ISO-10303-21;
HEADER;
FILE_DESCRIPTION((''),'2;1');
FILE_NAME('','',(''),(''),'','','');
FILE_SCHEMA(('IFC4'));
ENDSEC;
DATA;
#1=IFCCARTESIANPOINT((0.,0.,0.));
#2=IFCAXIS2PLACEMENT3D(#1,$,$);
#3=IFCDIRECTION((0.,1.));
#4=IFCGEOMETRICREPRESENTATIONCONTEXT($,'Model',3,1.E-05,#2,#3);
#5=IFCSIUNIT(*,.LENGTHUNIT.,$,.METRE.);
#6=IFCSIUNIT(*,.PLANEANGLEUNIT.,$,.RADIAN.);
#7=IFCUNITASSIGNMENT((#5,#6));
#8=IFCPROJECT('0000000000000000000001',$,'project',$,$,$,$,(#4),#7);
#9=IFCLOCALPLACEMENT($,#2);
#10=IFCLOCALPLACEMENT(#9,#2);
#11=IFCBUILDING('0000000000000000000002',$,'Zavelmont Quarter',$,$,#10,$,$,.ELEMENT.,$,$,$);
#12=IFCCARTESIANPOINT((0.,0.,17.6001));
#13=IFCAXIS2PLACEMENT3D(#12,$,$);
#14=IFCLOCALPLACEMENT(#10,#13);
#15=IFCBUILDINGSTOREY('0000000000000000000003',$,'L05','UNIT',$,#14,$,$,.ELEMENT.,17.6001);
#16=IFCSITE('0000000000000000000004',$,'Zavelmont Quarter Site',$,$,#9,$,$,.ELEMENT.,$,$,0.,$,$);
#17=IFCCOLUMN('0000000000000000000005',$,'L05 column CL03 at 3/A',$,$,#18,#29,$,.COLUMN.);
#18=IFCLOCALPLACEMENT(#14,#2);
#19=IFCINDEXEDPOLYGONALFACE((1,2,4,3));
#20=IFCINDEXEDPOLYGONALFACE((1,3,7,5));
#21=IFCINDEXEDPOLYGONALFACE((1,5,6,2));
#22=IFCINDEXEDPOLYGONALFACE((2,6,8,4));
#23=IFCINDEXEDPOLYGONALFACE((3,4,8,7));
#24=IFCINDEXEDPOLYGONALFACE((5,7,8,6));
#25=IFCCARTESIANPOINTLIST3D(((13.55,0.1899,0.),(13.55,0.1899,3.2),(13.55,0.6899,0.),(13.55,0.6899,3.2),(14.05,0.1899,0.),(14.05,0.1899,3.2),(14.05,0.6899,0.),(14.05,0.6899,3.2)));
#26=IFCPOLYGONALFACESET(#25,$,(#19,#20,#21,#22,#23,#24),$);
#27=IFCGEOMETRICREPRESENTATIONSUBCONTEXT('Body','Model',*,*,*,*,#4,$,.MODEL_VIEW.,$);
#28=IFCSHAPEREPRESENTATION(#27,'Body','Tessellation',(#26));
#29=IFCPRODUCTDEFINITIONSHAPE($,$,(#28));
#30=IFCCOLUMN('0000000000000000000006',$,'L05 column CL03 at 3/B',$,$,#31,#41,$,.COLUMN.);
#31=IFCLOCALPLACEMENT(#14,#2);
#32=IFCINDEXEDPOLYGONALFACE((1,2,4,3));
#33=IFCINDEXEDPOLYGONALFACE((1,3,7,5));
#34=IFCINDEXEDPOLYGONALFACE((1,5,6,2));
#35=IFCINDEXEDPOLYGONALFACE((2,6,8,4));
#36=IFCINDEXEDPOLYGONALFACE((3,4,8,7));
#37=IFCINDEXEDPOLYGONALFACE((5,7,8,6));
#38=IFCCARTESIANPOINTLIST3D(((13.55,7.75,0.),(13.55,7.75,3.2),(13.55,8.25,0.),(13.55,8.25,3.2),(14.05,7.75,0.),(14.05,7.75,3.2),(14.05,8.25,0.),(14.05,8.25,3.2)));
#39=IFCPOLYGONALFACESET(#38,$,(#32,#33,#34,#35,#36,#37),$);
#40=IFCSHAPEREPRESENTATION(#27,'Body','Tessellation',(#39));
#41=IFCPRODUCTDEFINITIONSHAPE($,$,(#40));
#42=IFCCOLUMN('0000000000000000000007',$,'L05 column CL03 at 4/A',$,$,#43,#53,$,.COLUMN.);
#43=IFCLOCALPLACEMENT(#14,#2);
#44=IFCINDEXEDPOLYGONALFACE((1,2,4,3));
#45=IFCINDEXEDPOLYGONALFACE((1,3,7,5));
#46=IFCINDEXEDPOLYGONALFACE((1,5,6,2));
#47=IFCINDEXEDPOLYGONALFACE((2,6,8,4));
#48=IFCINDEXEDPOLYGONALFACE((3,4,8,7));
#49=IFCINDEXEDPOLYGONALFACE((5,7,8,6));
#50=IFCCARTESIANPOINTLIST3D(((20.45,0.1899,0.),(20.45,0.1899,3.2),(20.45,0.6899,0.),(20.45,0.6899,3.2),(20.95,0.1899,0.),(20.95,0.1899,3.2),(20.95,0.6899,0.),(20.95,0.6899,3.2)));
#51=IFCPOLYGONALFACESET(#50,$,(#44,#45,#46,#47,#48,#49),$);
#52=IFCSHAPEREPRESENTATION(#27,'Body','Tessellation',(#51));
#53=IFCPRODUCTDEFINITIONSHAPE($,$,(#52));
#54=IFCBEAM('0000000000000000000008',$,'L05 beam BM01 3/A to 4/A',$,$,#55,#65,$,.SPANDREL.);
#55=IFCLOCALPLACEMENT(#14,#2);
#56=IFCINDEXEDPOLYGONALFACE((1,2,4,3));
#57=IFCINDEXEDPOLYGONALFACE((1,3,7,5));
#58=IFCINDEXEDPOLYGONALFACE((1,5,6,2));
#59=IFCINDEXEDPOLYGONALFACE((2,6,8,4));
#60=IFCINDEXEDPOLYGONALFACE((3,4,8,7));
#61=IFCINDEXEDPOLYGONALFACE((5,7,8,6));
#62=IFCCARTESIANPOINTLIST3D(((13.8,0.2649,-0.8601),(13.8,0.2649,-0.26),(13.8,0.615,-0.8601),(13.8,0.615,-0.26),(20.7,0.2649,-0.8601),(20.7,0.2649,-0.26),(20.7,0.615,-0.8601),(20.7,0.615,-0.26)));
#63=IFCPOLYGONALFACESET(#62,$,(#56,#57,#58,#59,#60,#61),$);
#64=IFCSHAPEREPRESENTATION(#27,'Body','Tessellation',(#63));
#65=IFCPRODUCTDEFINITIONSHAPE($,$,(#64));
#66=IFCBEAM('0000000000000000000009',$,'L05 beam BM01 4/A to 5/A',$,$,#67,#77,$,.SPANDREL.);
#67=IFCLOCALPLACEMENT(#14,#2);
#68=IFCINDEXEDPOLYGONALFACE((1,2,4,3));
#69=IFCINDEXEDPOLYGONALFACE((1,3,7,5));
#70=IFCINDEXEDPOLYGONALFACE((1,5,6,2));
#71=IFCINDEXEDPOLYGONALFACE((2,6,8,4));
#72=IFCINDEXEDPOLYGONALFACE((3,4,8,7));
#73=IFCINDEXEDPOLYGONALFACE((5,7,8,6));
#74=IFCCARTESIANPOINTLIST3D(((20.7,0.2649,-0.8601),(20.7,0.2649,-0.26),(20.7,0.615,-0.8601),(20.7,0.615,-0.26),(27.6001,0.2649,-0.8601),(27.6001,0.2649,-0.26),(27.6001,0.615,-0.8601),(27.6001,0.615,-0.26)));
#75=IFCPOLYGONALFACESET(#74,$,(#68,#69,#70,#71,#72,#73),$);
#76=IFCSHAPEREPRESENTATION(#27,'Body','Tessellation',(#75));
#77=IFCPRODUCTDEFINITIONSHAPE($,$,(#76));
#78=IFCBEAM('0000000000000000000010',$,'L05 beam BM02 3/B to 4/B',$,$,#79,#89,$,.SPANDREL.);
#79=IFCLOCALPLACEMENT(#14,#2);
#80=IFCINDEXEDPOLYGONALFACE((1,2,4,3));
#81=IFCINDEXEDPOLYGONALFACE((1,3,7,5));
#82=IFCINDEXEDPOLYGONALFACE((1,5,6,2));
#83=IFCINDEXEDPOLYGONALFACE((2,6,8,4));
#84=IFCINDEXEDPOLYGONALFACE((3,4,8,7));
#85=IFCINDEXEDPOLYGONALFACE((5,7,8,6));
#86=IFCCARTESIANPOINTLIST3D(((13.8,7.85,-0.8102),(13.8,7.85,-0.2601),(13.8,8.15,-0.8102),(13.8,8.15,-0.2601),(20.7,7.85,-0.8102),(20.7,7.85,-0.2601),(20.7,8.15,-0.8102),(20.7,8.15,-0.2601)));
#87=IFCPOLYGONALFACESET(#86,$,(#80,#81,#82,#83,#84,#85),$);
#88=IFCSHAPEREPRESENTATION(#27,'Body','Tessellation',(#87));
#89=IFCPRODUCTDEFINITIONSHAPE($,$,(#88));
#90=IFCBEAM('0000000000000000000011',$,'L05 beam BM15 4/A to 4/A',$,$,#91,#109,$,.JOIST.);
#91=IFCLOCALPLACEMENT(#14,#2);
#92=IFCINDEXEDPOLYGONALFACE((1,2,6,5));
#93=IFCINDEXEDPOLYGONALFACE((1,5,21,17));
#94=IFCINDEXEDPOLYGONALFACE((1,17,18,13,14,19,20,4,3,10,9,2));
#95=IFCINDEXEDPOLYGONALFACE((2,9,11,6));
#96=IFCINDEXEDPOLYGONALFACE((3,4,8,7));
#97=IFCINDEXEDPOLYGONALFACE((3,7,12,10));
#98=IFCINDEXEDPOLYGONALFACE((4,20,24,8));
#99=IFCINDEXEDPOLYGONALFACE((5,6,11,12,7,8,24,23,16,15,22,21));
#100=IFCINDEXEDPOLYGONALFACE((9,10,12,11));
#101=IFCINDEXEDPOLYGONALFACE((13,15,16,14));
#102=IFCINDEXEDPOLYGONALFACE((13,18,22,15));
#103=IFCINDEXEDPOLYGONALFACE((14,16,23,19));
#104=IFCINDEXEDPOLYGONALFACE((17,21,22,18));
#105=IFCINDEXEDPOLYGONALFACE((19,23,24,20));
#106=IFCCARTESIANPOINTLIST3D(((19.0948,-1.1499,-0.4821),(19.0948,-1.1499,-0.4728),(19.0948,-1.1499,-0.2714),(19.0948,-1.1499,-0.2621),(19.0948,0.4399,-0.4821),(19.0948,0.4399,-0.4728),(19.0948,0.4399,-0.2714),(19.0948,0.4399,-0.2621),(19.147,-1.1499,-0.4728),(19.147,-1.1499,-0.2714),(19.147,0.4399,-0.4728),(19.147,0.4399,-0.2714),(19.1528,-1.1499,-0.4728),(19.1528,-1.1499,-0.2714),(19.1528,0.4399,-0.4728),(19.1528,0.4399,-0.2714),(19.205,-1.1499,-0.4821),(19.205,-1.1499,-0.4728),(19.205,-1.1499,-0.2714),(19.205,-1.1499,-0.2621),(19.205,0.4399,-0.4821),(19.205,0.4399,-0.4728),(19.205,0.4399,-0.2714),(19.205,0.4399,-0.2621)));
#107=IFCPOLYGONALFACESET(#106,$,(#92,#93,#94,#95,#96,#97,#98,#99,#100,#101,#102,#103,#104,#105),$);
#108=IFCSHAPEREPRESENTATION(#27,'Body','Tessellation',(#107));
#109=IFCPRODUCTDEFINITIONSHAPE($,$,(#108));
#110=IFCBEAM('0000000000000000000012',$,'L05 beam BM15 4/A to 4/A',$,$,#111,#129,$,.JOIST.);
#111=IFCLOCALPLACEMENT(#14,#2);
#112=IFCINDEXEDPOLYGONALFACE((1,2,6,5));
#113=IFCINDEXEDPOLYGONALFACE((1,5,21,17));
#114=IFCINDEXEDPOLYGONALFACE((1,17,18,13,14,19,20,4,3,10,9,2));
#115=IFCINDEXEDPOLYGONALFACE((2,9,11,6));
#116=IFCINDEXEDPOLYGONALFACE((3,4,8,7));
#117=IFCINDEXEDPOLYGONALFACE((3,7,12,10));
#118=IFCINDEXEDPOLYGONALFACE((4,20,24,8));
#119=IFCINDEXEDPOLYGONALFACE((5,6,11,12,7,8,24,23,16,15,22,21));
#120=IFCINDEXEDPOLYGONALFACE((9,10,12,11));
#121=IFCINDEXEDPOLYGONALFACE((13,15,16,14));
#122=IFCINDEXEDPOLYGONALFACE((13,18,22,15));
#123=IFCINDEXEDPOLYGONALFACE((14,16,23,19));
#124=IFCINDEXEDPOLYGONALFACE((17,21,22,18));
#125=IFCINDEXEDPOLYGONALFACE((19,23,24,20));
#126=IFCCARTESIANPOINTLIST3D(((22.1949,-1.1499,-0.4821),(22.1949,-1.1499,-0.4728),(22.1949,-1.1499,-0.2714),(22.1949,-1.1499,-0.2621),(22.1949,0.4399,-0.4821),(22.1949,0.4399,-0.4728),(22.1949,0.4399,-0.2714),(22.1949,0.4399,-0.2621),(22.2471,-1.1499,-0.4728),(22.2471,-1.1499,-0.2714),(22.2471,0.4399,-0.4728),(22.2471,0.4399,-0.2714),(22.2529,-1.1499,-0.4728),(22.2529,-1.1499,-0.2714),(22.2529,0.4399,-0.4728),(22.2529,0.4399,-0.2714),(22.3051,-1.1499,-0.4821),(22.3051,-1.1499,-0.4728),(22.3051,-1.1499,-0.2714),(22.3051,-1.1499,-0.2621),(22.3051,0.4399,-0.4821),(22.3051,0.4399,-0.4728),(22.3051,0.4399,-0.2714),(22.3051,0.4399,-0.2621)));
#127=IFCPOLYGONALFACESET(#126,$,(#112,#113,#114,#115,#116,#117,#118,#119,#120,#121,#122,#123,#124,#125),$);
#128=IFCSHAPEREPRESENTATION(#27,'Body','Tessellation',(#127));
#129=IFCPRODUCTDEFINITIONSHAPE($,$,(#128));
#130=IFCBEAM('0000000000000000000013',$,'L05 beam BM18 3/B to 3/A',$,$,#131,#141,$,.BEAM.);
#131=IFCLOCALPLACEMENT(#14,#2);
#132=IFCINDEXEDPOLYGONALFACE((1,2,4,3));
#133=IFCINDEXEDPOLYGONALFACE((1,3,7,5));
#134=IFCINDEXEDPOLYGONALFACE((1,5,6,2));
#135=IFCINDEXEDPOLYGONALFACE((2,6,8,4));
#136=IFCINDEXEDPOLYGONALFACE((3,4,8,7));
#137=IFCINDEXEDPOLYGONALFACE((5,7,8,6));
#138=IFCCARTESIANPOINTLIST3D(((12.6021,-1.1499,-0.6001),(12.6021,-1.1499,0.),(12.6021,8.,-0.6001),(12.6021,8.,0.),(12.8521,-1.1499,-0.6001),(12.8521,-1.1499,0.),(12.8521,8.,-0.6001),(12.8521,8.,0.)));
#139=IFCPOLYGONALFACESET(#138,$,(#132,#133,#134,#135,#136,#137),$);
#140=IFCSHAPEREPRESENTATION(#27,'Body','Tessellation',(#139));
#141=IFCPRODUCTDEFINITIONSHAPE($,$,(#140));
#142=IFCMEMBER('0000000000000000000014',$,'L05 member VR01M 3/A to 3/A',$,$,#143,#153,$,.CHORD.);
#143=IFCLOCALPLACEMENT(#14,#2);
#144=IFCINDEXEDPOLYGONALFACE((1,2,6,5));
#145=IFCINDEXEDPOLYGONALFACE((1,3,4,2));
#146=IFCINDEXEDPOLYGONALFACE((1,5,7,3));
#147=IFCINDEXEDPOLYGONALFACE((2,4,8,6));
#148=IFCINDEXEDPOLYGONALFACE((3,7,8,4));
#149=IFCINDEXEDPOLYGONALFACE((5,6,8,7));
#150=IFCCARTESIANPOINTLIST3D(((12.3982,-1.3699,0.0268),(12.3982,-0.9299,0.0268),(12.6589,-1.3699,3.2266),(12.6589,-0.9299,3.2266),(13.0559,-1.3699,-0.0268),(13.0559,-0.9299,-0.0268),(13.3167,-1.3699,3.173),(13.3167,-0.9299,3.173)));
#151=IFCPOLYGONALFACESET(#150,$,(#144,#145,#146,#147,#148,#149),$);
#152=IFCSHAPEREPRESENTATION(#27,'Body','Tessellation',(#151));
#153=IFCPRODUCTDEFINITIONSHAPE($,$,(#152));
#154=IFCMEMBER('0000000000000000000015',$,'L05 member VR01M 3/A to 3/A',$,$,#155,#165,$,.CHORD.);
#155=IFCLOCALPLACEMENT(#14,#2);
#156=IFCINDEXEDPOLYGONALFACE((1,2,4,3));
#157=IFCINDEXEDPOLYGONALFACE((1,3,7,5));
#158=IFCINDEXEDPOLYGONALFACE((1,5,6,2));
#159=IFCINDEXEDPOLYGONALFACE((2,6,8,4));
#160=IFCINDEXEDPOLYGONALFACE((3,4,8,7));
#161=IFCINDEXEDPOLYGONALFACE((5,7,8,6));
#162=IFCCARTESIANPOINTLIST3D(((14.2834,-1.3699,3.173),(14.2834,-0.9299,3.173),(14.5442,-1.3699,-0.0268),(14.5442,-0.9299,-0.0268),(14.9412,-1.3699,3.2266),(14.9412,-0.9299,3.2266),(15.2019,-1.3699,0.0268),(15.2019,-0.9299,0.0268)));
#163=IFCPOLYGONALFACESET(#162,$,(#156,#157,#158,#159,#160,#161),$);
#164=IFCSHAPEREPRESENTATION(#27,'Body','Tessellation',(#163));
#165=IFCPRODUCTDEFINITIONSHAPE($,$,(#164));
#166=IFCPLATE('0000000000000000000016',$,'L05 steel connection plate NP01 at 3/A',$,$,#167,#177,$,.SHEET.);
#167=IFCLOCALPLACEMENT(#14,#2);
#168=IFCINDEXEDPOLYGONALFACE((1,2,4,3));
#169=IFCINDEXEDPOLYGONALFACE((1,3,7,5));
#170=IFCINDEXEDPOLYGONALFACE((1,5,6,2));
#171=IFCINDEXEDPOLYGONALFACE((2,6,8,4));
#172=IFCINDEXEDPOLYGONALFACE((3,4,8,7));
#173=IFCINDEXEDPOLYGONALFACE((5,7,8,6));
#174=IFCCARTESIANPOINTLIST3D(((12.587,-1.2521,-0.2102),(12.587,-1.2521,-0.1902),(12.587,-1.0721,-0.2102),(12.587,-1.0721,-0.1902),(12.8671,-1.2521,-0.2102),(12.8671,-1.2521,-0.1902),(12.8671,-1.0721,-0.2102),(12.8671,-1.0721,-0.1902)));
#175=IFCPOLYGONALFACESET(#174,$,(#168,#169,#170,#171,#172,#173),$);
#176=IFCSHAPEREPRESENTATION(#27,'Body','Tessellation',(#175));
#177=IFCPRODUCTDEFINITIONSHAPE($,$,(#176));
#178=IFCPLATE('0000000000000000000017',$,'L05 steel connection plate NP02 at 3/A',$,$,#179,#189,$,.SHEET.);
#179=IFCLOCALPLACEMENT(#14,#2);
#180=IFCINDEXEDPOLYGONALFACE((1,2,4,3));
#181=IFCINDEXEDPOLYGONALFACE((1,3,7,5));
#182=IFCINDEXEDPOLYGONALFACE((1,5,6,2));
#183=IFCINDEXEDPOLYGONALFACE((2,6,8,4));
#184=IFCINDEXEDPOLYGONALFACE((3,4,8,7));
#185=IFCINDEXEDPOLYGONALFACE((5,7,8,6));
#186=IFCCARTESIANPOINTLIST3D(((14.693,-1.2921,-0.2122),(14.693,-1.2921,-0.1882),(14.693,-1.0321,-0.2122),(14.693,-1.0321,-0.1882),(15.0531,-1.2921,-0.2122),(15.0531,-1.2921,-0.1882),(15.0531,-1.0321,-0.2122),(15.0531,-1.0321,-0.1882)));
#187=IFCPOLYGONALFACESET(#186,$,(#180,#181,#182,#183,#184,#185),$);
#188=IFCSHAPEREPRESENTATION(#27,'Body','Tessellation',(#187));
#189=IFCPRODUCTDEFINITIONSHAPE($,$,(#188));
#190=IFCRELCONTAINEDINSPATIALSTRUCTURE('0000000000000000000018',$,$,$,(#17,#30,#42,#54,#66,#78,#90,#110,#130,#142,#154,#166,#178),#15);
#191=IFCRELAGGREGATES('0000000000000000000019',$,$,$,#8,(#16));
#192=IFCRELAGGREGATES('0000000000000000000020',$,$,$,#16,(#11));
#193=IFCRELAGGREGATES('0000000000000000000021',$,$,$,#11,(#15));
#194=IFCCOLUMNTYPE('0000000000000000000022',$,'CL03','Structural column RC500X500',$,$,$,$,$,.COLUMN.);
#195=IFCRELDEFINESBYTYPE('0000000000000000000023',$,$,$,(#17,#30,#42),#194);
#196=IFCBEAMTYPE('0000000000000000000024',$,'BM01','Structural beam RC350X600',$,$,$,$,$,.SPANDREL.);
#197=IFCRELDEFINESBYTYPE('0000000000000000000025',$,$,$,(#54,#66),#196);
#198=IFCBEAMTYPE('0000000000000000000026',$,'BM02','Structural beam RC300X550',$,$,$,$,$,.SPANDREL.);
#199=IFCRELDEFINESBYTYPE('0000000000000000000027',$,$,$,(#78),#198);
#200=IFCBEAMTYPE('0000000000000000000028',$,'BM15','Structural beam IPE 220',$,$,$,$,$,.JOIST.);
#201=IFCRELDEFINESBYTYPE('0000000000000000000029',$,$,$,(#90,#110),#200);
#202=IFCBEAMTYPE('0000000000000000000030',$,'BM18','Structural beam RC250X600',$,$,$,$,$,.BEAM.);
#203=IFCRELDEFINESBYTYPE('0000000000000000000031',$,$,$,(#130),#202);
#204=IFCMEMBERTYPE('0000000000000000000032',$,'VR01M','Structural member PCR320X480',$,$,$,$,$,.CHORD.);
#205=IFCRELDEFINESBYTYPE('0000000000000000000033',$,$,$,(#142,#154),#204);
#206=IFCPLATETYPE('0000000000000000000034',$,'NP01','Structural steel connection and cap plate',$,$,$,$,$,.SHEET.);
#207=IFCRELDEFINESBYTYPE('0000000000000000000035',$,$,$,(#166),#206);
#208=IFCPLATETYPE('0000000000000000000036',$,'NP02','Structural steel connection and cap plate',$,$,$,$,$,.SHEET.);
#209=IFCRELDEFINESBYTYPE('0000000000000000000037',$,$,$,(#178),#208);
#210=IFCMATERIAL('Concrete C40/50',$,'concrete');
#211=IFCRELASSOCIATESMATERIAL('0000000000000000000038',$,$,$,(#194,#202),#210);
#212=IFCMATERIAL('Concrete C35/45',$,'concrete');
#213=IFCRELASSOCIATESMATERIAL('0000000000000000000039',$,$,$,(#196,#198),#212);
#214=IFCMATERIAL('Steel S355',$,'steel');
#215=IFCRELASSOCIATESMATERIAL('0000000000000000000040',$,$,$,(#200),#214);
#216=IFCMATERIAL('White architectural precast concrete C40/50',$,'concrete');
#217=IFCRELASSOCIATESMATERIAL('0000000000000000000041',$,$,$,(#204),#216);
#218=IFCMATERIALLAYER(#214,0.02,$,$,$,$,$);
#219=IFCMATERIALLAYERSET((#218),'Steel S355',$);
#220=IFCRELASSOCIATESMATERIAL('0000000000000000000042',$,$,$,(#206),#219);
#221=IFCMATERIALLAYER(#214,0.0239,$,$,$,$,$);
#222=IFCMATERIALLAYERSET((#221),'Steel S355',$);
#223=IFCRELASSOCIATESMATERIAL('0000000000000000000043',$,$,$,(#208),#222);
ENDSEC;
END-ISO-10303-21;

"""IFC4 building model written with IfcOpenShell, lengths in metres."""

from ifc_helpers import new_model, si_unit, direction, frame, origin, origin_2d, place, context, subcontext, project, spatial, rectangle, i_section, extrude, material, layer, layer_set, material_profile, profile_set, type_object, element, save


model = new_model("IFC4")

# Units and contexts
model_context = context("Model", 3, precision=1e-05, world=origin(), true_north=direction((0.0, 1.0)))
body_context = subcontext(model_context, "Body", "Model", "MODEL_VIEW")
ifc_project = project(units=[si_unit("LENGTHUNIT", "METRE"), si_unit("PLANEANGLEUNIT", "RADIAN")], contexts=[model_context])

# Site, building, storey
site_placement = place(None, origin())
site = spatial("IfcSite", under=ifc_project, at=site_placement, Name="Zavelmont Quarter Site", CompositionType="ELEMENT", RefElevation=0.0)
building_placement = place(site_placement, origin())
building = spatial("IfcBuilding", under=site, at=building_placement, Name="Zavelmont Quarter", CompositionType="ELEMENT")
storey_placement = place(building_placement, frame((0.0, 0.0, 17.6001)))
storey = spatial("IfcBuildingStorey", under=building, at=storey_placement, Name="L05", Description="UNIT", CompositionType="ELEMENT", Elevation=17.6001)

# Columns
ifc_material_1 = material(Name="Concrete C40/50", Category="concrete")
ifc_material_profile_1 = material_profile(ifc_material_1, rectangle(XDim=0.5, YDim=0.5, at=origin_2d()), Name="RC500X500")
ifc_profile_set_1 = profile_set([ifc_material_profile_1], Name="Concrete C40/50")
column_type = type_object("IfcColumnType", Name="CL03", Description="Structural column RC500X500", PredefinedType="COLUMN", material=ifc_profile_set_1)
for number, where, z_axis, x_axis, name in (
    (1, (13.8, 0.4399, 0.0), (0.0, 0.0, 1.0), (1.0, 0.0, 0.0), "L05 column CL03 at 3/A"),
    (2, (13.8, 8.0, 0.0), (0.0, 0.0, 1.0), (1.0, 0.0, 0.0), "L05 column CL03 at 3/B"),
    (3, (20.7, 0.4399, 0.0), (0.0, 0.0, 1.0), (1.0, 0.0, 0.0), "L05 column CL03 at 4/A"),
):
    element("IfcColumn", number, at=place(storey_placement, frame(where, z_axis=z_axis, x_axis=x_axis)), inside=storey, type_object=column_type, Name=name, PredefinedType="COLUMN", context=body_context, shape_type="SweptSolid", body=[
        extrude(rectangle(XDim=0.5, YDim=0.5, at=origin_2d()), origin(), (0.0, 0.0, 1.0), 3.2),
    ])

# Beams
ifc_material_2 = material(Name="Concrete C35/45", Category="concrete")
ifc_material_profile_2 = material_profile(ifc_material_2, rectangle(XDim=0.3501, YDim=0.6001, at=origin_2d()), Name="RC350X600")
ifc_profile_set_2 = profile_set([ifc_material_profile_2], Name="Concrete C35/45")
beam_type_1 = type_object("IfcBeamType", Name="BM01", Description="Structural beam RC350X600", PredefinedType="SPANDREL", material=ifc_profile_set_2)
beam_1_placement = place(storey_placement, frame((13.8, 0.4399, -0.5601), z_axis=(1.0, 0.0, 0.0), x_axis=(0.0, 1.0, 0.0)))
element("IfcBeam", 4, at=beam_1_placement, inside=storey, type_object=beam_type_1, Name="L05 beam BM01 3/A to 4/A", PredefinedType="SPANDREL", context=body_context, shape_type="SweptSolid", body=[
    extrude(rectangle(XDim=0.3501, YDim=0.6001, at=origin_2d()), origin(), (0.0, 0.0, 1.0), 6.8999),
])
beam_2_placement = place(storey_placement, frame((20.7, 0.4399, -0.5601), z_axis=(1.0, 0.0, 0.0), x_axis=(0.0, 1.0, 0.0)))
element("IfcBeam", 5, at=beam_2_placement, inside=storey, type_object=beam_type_1, Name="L05 beam BM01 4/A to 5/A", PredefinedType="SPANDREL", context=body_context, shape_type="SweptSolid", body=[
    extrude(rectangle(XDim=0.3501, YDim=0.6001, at=origin_2d()), origin(), (0.0, 0.0, 1.0), 6.9001),
])
ifc_material_profile_3 = material_profile(ifc_material_2, rectangle(XDim=0.3, YDim=0.55, at=origin_2d()), Name="RC300X550")
ifc_profile_set_3 = profile_set([ifc_material_profile_3], Name="Concrete C35/45")
beam_type_2 = type_object("IfcBeamType", Name="BM02", Description="Structural beam RC300X550", PredefinedType="SPANDREL", material=ifc_profile_set_3)
beam_3_placement = place(storey_placement, frame((13.8, 8.0, -0.5352), z_axis=(1.0, 0.0, 0.0), x_axis=(0.0, 1.0, 0.0)))
element("IfcBeam", 6, at=beam_3_placement, inside=storey, type_object=beam_type_2, Name="L05 beam BM02 3/B to 4/B", PredefinedType="SPANDREL", context=body_context, shape_type="SweptSolid", body=[
    extrude(rectangle(XDim=0.3, YDim=0.55, at=origin_2d()), origin(), (0.0, 0.0, 1.0), 6.8999),
])
ifc_material_3 = material(Name="Steel S355", Category="steel")
ifc_material_profile_4 = material_profile(ifc_material_3, i_section(OverallWidth=0.1101, OverallDepth=0.22, WebThickness=0.0059, FlangeThickness=0.0093, at=origin_2d()), Name="IPE 220")
ifc_profile_set_4 = profile_set([ifc_material_profile_4], Name="Steel S355")
beam_type_3 = type_object("IfcBeamType", Name="BM15", Description="Structural beam IPE 220", PredefinedType="JOIST", material=ifc_profile_set_4)
for number, where, z_axis, x_axis, name in (
    (7, (19.1499, 0.4399, -0.3721), (0.0, -1.0, 0.0), (1.0, 0.0, 0.0), "L05 beam BM15 4/A to 4/A"),
    (8, (22.25, 0.4399, -0.3721), (0.0, -1.0, 0.0), (1.0, 0.0, 0.0), "L05 beam BM15 4/A to 4/A"),
):
    element("IfcBeam", number, at=place(storey_placement, frame(where, z_axis=z_axis, x_axis=x_axis)), inside=storey, type_object=beam_type_3, Name=name, PredefinedType="JOIST", context=body_context, shape_type="SweptSolid", body=[
        extrude(i_section(OverallWidth=0.1101, OverallDepth=0.22, WebThickness=0.0059, FlangeThickness=0.0093, at=origin_2d()), origin(), (0.0, 0.0, 1.0), 1.5898),
    ])
ifc_material_profile_5 = material_profile(ifc_material_1, rectangle(XDim=0.25, YDim=0.6001, at=origin_2d()), Name="RC250X600")
ifc_profile_set_5 = profile_set([ifc_material_profile_5], Name="Concrete C40/50")
beam_type_4 = type_object("IfcBeamType", Name="BM18", Description="Structural beam RC250X600", PredefinedType="BEAM", material=ifc_profile_set_5)
beam_4_placement = place(storey_placement, frame((12.7271, 8.0, -0.3), z_axis=(0.0, -1.0, 0.0), x_axis=(1.0, 0.0, 0.0)))
element("IfcBeam", 9, at=beam_4_placement, inside=storey, type_object=beam_type_4, Name="L05 beam BM18 3/B to 3/A", PredefinedType="BEAM", context=body_context, shape_type="SweptSolid", body=[
    extrude(rectangle(XDim=0.25, YDim=0.6001, at=origin_2d()), origin(), (0.0, 0.0, 1.0), 9.1499),
])

# Members
ifc_material_4 = material(Name="White architectural precast concrete C40/50", Category="concrete")
ifc_material_profile_6 = material_profile(ifc_material_4, rectangle(XDim=0.4399, YDim=0.6599, at=origin_2d()), Name="PCR320X480")
ifc_profile_set_6 = profile_set([ifc_material_profile_6], Name="White architectural precast concrete C40/50")
member_type = type_object("IfcMemberType", Name="VR01M", Description="Structural member PCR320X480", PredefinedType="CHORD", material=ifc_profile_set_6)
for number, where, z_axis, x_axis, name in (
    (10, (12.7271, -1.1499, 0.0), (0.081214, 0.0, 0.996697), (0.0, 1.0, 0.0), "L05 member VR01M 3/A to 3/A"),
    (11, (14.873, -1.1499, 0.0), (-0.081214, 0.0, 0.996697), (0.0, -1.0, 0.0), "L05 member VR01M 3/A to 3/A"),
):
    element("IfcMember", number, at=place(storey_placement, frame(where, z_axis=z_axis, x_axis=x_axis)), inside=storey, type_object=member_type, Name=name, PredefinedType="CHORD", context=body_context, shape_type="SweptSolid", body=[
        extrude(rectangle(XDim=0.4399, YDim=0.6599, at=origin_2d()), origin(), (0.0, 0.0, 1.0), 3.2104),
    ])

# Plates
ifc_layer_1 = layer(ifc_material_3, 0.02)
ifc_layer_set_1 = layer_set([ifc_layer_1], Name="Steel S355")
plate_type_1 = type_object("IfcPlateType", Name="NP01", Description="Structural steel connection and cap plate", PredefinedType="SHEET", material=ifc_layer_set_1)
plate_1_placement = place(storey_placement, frame((12.7271, -1.1621, -0.2102), z_axis=(0.0, 0.0, 1.0), x_axis=(1.0, 0.0, 0.0)))
element("IfcPlate", 12, at=plate_1_placement, inside=storey, type_object=plate_type_1, Name="L05 steel connection plate NP01 at 3/A", PredefinedType="SHEET", context=body_context, shape_type="SweptSolid", body=[
    extrude(rectangle(XDim=0.28, YDim=0.1799, at=origin_2d()), origin(), (0.0, 0.0, 1.0), 0.02),
])
ifc_layer_2 = layer(ifc_material_3, 0.0239)
ifc_layer_set_2 = layer_set([ifc_layer_2], Name="Steel S355")
plate_type_2 = type_object("IfcPlateType", Name="NP02", Description="Structural steel connection and cap plate", PredefinedType="SHEET", material=ifc_layer_set_2)
plate_2_placement = place(storey_placement, frame((14.873, -1.1621, -0.2122), z_axis=(0.0, 0.0, 1.0), x_axis=(1.0, 0.0, 0.0)))
element("IfcPlate", 13, at=plate_2_placement, inside=storey, type_object=plate_type_2, Name="L05 steel connection plate NP02 at 3/A", PredefinedType="SHEET", context=body_context, shape_type="SweptSolid", body=[
    extrude(rectangle(XDim=0.3601, YDim=0.26, at=origin_2d()), origin(), (0.0, 0.0, 1.0), 0.0239),
])

save(model, "model.ifc")
